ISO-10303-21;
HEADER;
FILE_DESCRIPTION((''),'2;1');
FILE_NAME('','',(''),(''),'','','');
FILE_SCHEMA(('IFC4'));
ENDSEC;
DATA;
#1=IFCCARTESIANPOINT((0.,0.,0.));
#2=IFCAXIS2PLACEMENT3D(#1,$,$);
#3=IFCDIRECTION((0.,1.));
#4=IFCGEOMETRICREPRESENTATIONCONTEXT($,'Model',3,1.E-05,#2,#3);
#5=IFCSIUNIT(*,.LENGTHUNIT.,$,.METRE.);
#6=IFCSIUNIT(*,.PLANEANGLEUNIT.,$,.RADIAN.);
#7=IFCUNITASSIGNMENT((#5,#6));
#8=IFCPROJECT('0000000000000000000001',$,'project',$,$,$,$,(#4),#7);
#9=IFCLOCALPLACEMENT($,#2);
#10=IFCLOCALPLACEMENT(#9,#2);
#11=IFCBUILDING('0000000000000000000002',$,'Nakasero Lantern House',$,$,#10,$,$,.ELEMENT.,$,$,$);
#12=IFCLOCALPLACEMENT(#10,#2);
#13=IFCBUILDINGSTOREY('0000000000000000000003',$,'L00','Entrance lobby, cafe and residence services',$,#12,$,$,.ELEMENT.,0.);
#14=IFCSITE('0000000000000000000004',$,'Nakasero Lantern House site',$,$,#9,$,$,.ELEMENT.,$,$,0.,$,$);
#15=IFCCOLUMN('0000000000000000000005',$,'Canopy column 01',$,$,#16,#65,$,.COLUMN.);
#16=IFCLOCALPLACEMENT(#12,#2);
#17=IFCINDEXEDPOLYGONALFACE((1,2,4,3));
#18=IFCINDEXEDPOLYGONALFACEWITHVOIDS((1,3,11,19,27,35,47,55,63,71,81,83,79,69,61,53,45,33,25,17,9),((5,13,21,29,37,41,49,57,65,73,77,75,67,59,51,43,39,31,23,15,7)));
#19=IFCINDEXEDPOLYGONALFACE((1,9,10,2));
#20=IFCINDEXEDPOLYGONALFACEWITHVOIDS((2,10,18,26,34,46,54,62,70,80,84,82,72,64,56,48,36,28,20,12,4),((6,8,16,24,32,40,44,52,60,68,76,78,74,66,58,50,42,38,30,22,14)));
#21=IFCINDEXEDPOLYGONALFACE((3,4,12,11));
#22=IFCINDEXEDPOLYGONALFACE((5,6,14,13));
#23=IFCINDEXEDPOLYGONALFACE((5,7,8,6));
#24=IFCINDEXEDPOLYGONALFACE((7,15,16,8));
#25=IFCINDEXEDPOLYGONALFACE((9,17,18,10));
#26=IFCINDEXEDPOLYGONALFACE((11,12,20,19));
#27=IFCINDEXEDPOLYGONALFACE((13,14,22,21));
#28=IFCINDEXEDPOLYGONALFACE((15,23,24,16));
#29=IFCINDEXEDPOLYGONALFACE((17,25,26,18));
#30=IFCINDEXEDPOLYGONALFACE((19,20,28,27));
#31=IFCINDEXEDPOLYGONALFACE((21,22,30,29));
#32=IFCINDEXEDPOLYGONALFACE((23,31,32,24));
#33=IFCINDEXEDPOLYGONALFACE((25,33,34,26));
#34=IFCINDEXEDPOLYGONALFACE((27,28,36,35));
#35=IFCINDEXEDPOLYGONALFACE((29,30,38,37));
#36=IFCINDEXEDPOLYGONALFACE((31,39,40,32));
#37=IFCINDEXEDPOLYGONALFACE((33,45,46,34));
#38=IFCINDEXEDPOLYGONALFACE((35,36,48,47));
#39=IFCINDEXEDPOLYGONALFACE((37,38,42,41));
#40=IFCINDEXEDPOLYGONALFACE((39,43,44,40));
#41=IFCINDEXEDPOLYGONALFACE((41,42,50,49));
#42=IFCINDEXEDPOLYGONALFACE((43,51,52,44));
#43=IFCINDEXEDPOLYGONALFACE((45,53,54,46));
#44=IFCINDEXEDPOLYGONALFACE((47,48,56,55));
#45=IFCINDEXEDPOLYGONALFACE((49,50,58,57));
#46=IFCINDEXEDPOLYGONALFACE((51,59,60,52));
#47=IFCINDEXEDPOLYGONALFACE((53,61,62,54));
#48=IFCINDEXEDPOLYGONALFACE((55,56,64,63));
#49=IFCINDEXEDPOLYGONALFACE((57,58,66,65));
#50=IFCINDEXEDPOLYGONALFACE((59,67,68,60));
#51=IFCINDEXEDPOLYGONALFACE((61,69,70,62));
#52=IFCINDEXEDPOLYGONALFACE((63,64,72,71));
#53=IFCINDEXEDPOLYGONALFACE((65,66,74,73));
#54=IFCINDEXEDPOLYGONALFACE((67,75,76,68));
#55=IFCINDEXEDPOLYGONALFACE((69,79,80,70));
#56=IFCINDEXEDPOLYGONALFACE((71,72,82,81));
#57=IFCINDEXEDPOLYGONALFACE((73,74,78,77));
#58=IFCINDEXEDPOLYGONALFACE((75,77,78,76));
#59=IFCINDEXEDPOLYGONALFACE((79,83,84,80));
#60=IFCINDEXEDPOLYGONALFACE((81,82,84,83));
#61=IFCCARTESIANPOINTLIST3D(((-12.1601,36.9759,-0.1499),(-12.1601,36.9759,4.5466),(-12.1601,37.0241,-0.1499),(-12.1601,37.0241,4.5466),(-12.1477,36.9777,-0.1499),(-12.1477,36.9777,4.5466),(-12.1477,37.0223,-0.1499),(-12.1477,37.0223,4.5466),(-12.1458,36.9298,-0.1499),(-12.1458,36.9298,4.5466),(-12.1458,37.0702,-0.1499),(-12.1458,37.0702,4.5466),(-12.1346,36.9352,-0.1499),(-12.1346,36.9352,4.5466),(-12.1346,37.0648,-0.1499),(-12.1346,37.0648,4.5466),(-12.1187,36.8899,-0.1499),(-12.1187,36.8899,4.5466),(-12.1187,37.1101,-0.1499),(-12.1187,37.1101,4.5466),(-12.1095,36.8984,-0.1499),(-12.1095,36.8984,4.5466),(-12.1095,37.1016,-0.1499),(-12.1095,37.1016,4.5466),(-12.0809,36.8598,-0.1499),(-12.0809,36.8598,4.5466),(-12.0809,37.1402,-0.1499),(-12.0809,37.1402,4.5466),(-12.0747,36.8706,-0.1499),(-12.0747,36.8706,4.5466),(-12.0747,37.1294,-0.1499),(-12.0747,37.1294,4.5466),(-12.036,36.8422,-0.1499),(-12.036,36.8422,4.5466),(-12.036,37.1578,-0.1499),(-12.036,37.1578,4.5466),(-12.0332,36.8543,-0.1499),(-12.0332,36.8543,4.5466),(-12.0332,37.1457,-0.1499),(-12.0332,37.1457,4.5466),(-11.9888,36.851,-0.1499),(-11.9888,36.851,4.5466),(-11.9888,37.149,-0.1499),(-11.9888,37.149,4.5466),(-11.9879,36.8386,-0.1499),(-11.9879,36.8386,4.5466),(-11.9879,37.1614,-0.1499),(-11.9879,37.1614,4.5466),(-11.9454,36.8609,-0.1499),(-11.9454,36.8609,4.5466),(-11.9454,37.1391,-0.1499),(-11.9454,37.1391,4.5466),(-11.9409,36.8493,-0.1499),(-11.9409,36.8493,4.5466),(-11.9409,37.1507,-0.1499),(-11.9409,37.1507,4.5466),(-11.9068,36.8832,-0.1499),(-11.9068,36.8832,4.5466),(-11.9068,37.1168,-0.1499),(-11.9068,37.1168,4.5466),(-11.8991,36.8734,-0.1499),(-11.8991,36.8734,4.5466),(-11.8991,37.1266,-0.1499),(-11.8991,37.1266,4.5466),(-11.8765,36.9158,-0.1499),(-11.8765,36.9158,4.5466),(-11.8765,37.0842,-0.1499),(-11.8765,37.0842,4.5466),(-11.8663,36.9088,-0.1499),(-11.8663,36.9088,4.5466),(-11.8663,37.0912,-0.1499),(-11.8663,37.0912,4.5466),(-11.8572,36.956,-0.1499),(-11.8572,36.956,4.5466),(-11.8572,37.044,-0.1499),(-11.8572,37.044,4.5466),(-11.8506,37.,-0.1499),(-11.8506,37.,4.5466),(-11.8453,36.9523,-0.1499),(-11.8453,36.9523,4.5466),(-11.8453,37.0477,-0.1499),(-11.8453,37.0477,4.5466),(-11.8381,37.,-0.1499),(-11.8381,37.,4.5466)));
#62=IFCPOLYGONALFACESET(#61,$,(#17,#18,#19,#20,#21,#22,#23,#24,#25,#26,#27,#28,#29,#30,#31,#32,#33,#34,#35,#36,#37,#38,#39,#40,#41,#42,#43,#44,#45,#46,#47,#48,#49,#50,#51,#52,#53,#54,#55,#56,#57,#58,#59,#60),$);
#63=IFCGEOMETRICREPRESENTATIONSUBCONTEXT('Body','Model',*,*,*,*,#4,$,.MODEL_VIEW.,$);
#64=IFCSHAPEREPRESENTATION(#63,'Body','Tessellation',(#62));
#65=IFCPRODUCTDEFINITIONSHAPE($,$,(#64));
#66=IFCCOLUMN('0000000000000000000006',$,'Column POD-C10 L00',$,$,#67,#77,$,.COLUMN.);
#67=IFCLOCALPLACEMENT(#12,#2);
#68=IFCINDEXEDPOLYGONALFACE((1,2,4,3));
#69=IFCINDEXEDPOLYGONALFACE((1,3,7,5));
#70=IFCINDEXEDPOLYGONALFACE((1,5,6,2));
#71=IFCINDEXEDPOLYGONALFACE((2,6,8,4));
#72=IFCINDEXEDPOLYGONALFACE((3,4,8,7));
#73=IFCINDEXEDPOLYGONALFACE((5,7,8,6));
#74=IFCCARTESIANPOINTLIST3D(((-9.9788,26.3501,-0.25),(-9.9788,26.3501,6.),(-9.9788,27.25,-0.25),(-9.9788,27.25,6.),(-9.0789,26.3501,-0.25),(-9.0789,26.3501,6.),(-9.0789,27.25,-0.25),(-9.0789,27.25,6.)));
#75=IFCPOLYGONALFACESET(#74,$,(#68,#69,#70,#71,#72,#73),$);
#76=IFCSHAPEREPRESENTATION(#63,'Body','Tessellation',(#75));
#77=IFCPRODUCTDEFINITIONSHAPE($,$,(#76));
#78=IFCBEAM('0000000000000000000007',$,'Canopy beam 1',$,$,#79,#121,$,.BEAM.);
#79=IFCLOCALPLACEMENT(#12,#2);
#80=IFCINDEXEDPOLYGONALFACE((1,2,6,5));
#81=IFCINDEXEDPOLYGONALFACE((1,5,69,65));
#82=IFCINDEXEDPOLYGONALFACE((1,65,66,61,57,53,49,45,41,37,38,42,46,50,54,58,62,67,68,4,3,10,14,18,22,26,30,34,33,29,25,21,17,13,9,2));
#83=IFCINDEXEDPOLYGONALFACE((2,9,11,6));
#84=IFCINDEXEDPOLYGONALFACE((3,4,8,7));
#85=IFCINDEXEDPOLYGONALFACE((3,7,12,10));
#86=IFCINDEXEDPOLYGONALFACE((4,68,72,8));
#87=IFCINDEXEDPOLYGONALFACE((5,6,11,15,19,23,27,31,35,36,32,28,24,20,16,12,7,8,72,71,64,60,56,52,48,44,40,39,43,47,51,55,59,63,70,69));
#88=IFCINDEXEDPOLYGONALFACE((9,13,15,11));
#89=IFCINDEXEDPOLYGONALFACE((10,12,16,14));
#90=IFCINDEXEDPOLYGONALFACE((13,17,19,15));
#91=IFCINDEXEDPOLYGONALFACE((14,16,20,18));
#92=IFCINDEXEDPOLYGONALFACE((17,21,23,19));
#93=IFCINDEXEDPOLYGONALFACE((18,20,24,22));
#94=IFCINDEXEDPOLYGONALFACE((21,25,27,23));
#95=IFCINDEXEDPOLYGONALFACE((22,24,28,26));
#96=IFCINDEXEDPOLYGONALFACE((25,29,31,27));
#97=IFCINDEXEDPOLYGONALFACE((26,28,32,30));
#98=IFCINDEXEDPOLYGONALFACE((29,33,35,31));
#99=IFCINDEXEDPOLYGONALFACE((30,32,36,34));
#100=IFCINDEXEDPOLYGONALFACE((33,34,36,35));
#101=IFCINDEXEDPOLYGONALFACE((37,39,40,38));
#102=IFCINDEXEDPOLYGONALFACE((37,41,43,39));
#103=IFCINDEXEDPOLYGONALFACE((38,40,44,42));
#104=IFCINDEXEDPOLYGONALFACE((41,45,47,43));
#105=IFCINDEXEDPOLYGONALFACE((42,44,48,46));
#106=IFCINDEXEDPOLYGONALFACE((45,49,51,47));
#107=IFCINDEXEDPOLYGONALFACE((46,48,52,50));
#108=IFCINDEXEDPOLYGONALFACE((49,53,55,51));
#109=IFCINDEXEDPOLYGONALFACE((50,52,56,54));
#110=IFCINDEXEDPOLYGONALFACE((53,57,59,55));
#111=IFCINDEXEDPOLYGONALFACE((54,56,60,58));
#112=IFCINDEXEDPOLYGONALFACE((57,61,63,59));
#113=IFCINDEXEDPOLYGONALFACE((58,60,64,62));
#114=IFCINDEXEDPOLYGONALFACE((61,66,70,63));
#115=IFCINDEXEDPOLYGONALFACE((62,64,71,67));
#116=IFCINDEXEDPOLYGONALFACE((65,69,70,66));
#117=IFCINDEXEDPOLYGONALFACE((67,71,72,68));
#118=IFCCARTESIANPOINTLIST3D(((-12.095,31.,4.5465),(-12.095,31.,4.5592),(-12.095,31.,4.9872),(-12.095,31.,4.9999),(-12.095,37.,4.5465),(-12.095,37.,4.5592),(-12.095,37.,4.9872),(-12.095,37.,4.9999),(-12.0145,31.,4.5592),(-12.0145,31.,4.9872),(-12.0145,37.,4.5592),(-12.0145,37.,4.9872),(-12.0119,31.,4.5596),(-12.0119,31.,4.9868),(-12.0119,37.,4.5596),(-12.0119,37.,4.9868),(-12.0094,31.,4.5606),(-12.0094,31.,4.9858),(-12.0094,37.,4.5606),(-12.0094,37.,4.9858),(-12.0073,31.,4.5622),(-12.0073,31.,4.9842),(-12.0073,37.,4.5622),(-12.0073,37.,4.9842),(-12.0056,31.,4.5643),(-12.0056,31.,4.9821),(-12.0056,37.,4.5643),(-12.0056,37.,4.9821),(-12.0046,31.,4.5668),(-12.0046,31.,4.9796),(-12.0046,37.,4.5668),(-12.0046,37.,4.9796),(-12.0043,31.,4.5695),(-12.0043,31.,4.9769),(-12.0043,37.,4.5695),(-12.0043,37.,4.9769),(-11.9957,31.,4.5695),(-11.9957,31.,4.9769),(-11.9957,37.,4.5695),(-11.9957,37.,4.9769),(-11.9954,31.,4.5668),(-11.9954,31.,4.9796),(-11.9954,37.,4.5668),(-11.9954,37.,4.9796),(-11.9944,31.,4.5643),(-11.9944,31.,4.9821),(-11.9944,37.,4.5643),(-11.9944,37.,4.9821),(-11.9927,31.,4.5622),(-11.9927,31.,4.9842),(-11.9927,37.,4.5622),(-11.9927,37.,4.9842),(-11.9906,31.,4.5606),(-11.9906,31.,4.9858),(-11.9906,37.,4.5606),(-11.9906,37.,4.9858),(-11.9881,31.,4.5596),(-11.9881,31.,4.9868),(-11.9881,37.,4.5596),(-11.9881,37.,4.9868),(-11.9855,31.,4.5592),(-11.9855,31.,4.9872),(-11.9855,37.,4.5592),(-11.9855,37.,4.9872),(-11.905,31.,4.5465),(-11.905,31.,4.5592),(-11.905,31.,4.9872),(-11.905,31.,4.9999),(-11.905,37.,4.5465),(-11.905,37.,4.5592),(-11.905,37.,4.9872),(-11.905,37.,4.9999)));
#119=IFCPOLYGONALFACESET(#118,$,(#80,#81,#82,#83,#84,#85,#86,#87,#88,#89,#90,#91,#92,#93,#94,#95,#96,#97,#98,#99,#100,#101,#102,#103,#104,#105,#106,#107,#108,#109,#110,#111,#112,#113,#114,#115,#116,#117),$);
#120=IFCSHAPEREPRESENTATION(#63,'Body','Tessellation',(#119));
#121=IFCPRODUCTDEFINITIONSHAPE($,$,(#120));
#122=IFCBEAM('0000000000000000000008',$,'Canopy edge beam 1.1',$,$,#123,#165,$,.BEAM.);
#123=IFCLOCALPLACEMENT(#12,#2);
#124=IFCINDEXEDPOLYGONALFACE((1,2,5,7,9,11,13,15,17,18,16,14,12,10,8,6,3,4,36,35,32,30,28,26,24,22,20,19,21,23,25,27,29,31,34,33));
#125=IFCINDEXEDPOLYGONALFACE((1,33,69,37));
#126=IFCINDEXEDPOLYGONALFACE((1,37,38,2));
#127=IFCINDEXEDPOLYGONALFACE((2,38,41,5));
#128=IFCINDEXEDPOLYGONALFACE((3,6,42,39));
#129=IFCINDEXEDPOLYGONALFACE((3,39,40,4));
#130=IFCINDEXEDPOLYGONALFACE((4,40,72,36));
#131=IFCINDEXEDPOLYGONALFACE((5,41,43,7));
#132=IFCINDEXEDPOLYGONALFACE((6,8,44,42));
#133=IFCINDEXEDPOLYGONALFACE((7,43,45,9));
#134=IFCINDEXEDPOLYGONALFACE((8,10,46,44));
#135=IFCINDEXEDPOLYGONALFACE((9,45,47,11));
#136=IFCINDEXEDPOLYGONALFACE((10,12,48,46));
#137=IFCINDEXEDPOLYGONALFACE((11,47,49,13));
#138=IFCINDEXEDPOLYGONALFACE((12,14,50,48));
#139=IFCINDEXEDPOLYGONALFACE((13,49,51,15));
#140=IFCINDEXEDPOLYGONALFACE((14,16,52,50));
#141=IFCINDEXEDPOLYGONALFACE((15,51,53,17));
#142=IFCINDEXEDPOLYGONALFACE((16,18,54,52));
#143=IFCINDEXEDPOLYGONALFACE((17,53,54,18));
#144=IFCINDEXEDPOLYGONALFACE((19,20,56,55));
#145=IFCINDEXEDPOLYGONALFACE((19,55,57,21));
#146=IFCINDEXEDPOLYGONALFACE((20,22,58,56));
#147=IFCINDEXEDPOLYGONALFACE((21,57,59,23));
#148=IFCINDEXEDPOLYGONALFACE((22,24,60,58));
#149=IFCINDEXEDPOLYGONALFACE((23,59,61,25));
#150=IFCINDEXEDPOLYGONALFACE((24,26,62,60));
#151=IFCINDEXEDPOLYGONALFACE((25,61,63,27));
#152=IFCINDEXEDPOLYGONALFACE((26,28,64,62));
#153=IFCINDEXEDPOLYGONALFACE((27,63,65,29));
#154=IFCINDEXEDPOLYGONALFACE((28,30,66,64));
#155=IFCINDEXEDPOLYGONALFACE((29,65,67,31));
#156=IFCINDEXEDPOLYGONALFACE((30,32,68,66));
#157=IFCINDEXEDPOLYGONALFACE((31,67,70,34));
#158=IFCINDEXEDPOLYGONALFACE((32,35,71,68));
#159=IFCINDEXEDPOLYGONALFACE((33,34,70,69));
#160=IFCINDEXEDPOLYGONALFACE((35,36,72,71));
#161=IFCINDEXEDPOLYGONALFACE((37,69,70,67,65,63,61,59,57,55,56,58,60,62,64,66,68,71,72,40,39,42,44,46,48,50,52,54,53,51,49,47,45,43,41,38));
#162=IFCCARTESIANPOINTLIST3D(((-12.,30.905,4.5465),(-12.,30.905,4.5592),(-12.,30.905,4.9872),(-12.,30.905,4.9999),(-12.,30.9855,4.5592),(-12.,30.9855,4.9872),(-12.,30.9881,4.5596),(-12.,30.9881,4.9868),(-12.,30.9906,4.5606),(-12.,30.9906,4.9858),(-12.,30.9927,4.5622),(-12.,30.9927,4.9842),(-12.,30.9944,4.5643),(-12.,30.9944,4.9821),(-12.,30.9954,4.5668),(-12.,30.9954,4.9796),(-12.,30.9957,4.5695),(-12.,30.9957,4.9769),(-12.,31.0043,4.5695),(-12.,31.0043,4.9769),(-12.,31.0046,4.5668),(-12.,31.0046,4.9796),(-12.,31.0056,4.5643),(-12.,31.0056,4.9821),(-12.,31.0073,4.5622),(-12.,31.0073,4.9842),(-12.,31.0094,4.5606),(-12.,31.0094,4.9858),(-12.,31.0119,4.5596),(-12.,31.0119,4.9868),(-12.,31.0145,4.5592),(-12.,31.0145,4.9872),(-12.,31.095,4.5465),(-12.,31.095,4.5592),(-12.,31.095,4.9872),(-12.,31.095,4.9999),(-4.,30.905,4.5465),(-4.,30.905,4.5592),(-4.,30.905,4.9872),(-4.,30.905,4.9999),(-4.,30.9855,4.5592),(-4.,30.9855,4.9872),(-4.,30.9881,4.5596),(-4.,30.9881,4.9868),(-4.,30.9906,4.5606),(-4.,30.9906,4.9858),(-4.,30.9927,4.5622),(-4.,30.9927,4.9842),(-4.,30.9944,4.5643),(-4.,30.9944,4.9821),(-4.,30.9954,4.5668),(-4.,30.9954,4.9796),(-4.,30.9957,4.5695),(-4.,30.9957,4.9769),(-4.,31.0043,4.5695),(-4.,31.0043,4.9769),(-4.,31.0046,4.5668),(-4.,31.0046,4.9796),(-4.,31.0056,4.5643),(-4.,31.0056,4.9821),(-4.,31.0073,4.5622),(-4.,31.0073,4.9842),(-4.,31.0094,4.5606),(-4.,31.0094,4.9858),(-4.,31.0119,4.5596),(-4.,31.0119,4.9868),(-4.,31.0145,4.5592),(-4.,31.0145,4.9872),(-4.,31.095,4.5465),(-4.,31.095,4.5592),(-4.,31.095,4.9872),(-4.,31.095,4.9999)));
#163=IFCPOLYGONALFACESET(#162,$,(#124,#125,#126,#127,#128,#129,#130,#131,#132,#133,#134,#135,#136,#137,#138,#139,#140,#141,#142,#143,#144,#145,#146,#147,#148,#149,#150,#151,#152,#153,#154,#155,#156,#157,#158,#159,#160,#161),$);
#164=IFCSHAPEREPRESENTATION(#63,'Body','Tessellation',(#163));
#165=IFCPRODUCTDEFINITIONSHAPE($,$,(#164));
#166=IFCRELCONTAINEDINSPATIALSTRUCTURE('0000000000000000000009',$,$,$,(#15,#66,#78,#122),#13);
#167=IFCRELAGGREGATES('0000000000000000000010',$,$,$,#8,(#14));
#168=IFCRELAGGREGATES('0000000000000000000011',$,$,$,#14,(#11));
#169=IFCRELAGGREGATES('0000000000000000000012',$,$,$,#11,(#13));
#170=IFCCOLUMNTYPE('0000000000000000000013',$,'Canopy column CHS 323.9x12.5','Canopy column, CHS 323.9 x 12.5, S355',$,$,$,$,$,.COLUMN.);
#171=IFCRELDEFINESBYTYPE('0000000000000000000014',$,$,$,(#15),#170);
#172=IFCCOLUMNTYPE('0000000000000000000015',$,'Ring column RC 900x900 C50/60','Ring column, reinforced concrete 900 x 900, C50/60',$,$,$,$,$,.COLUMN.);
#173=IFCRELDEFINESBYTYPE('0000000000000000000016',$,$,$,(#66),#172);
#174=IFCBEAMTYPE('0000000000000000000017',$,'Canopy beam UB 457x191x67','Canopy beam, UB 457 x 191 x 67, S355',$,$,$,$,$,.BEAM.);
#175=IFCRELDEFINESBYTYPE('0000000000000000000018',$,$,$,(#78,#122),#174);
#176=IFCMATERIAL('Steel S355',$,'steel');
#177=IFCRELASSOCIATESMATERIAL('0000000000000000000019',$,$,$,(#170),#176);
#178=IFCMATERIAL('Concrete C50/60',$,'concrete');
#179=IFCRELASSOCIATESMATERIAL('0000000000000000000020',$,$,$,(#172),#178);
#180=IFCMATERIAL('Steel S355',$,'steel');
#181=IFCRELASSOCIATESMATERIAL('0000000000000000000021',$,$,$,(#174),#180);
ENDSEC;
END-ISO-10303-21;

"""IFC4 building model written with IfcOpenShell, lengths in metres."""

from ifc_helpers import new_model, si_unit, direction, frame, origin, origin_2d, place, context, subcontext, project, spatial, rectangle, hollow_circle, i_section, extrude, material, material_profile, profile_set, type_object, element, save


model = new_model("IFC4")

# Units and contexts
model_context = context("Model", 3, precision=1e-05, world=origin(), true_north=direction((0.0, 1.0)))
body_context = subcontext(model_context, "Body", "Model", "MODEL_VIEW")
ifc_project = project(units=[si_unit("LENGTHUNIT", "METRE"), si_unit("PLANEANGLEUNIT", "RADIAN")], contexts=[model_context])

# Site, building, storey
site_placement = place(None, origin())
site = spatial("IfcSite", under=ifc_project, at=site_placement, Name="Nakasero Lantern House site", CompositionType="ELEMENT", RefElevation=0.0)
building_placement = place(site_placement, origin())
building = spatial("IfcBuilding", under=site, at=building_placement, Name="Nakasero Lantern House", CompositionType="ELEMENT")
storey_placement = place(building_placement, origin())
storey = spatial("IfcBuildingStorey", under=building, at=storey_placement, Name="L00", Description="Entrance lobby, cafe and residence services", CompositionType="ELEMENT", Elevation=0.0)

# Columns
ifc_material_1 = material(Name="Steel S355", Category="steel")
ifc_material_profile_1 = material_profile(ifc_material_1, hollow_circle(Radius=0.1619, WallThickness=0.0125, at=origin_2d()), Name="CHS 323.9x12.5")
ifc_profile_set_1 = profile_set([ifc_material_profile_1], Name="Steel S355")
column_type_1 = type_object("IfcColumnType", Name="Canopy column CHS 323.9x12.5", Description="Canopy column, CHS 323.9 x 12.5, S355", PredefinedType="COLUMN", material=ifc_profile_set_1)
for number, where, z_axis, x_axis, name in (
    (1, (-12.0, 37.0, -0.1499), (0.0, 0.0, 1.0), (1.0, 0.0, 0.0), "Canopy column 01"),
):
    element("IfcColumn", number, at=place(storey_placement, frame(where, z_axis=z_axis, x_axis=x_axis)), inside=storey, type_object=column_type_1, Name=name, PredefinedType="COLUMN", context=body_context, shape_type="SweptSolid", body=[
        extrude(hollow_circle(Radius=0.1619, WallThickness=0.0125, at=origin_2d()), origin(), (0.0, 0.0, 1.0), 4.6965),
    ])
ifc_material_2 = material(Name="Concrete C50/60", Category="concrete")
ifc_material_profile_2 = material_profile(ifc_material_2, rectangle(XDim=0.8999, YDim=0.8999, at=origin_2d()), Name="RC 900x900")
ifc_profile_set_2 = profile_set([ifc_material_profile_2], Name="Concrete C50/60")
column_type_2 = type_object("IfcColumnType", Name="Ring column RC 900x900 C50/60", Description="Ring column, reinforced concrete 900 x 900, C50/60", PredefinedType="COLUMN", material=ifc_profile_set_2)
column_placement = place(storey_placement, frame((-9.5288, 26.8, -0.25), z_axis=(0.0, 0.0, 1.0), x_axis=(1.0, 0.0, 0.0)))
element("IfcColumn", 2, at=column_placement, inside=storey, type_object=column_type_2, Name="Column POD-C10 L00", PredefinedType="COLUMN", context=body_context, shape_type="SweptSolid", body=[
    extrude(rectangle(XDim=0.8999, YDim=0.8999, at=origin_2d()), origin(), (0.0, 0.0, 1.0), 6.25),
])

# Beams
ifc_material_3 = material(Name="Steel S355", Category="steel")
ifc_material_profile_3 = material_profile(ifc_material_3, i_section(OverallWidth=0.1899, OverallDepth=0.4534, WebThickness=0.0085, FlangeThickness=0.0127, FilletRadius=0.0103, at=origin_2d()), Name="UB 457x191x67")
ifc_profile_set_3 = profile_set([ifc_material_profile_3], Name="Steel S355")
beam_type_1 = type_object("IfcBeamType", Name="Canopy beam UB 457x191x67", Description="Canopy beam, UB 457 x 191 x 67, S355", PredefinedType="BEAM", material=ifc_profile_set_3)
beam_1_placement = place(storey_placement, frame((-12.0, 31.0, 4.7732), z_axis=(0.0, 1.0, 0.0), x_axis=(-1.0, 0.0, 0.0)))
element("IfcBeam", 3, at=beam_1_placement, inside=storey, type_object=beam_type_1, Name="Canopy beam 1", PredefinedType="BEAM", context=body_context, shape_type="SweptSolid", body=[
    extrude(i_section(OverallWidth=0.1899, OverallDepth=0.4534, WebThickness=0.0085, FlangeThickness=0.0127, FilletRadius=0.0103, at=origin_2d()), origin(), (0.0, 0.0, 1.0), 6.0),
])
for number, where, z_axis, x_axis, name in (
    (4, (-12.0, 31.0, 4.7732), (1.0, 0.0, 0.0), (0.0, 1.0, 0.0), "Canopy edge beam 1.1"),
):
    element("IfcBeam", number, at=place(storey_placement, frame(where, z_axis=z_axis, x_axis=x_axis)), inside=storey, type_object=beam_type_1, Name=name, PredefinedType="BEAM", context=body_context, shape_type="SweptSolid", body=[
        extrude(i_section(OverallWidth=0.1899, OverallDepth=0.4534, WebThickness=0.0085, FlangeThickness=0.0127, FilletRadius=0.0103, at=origin_2d()), origin(), (0.0, 0.0, 1.0), 8.0),
    ])

save(model, "model.ifc")
